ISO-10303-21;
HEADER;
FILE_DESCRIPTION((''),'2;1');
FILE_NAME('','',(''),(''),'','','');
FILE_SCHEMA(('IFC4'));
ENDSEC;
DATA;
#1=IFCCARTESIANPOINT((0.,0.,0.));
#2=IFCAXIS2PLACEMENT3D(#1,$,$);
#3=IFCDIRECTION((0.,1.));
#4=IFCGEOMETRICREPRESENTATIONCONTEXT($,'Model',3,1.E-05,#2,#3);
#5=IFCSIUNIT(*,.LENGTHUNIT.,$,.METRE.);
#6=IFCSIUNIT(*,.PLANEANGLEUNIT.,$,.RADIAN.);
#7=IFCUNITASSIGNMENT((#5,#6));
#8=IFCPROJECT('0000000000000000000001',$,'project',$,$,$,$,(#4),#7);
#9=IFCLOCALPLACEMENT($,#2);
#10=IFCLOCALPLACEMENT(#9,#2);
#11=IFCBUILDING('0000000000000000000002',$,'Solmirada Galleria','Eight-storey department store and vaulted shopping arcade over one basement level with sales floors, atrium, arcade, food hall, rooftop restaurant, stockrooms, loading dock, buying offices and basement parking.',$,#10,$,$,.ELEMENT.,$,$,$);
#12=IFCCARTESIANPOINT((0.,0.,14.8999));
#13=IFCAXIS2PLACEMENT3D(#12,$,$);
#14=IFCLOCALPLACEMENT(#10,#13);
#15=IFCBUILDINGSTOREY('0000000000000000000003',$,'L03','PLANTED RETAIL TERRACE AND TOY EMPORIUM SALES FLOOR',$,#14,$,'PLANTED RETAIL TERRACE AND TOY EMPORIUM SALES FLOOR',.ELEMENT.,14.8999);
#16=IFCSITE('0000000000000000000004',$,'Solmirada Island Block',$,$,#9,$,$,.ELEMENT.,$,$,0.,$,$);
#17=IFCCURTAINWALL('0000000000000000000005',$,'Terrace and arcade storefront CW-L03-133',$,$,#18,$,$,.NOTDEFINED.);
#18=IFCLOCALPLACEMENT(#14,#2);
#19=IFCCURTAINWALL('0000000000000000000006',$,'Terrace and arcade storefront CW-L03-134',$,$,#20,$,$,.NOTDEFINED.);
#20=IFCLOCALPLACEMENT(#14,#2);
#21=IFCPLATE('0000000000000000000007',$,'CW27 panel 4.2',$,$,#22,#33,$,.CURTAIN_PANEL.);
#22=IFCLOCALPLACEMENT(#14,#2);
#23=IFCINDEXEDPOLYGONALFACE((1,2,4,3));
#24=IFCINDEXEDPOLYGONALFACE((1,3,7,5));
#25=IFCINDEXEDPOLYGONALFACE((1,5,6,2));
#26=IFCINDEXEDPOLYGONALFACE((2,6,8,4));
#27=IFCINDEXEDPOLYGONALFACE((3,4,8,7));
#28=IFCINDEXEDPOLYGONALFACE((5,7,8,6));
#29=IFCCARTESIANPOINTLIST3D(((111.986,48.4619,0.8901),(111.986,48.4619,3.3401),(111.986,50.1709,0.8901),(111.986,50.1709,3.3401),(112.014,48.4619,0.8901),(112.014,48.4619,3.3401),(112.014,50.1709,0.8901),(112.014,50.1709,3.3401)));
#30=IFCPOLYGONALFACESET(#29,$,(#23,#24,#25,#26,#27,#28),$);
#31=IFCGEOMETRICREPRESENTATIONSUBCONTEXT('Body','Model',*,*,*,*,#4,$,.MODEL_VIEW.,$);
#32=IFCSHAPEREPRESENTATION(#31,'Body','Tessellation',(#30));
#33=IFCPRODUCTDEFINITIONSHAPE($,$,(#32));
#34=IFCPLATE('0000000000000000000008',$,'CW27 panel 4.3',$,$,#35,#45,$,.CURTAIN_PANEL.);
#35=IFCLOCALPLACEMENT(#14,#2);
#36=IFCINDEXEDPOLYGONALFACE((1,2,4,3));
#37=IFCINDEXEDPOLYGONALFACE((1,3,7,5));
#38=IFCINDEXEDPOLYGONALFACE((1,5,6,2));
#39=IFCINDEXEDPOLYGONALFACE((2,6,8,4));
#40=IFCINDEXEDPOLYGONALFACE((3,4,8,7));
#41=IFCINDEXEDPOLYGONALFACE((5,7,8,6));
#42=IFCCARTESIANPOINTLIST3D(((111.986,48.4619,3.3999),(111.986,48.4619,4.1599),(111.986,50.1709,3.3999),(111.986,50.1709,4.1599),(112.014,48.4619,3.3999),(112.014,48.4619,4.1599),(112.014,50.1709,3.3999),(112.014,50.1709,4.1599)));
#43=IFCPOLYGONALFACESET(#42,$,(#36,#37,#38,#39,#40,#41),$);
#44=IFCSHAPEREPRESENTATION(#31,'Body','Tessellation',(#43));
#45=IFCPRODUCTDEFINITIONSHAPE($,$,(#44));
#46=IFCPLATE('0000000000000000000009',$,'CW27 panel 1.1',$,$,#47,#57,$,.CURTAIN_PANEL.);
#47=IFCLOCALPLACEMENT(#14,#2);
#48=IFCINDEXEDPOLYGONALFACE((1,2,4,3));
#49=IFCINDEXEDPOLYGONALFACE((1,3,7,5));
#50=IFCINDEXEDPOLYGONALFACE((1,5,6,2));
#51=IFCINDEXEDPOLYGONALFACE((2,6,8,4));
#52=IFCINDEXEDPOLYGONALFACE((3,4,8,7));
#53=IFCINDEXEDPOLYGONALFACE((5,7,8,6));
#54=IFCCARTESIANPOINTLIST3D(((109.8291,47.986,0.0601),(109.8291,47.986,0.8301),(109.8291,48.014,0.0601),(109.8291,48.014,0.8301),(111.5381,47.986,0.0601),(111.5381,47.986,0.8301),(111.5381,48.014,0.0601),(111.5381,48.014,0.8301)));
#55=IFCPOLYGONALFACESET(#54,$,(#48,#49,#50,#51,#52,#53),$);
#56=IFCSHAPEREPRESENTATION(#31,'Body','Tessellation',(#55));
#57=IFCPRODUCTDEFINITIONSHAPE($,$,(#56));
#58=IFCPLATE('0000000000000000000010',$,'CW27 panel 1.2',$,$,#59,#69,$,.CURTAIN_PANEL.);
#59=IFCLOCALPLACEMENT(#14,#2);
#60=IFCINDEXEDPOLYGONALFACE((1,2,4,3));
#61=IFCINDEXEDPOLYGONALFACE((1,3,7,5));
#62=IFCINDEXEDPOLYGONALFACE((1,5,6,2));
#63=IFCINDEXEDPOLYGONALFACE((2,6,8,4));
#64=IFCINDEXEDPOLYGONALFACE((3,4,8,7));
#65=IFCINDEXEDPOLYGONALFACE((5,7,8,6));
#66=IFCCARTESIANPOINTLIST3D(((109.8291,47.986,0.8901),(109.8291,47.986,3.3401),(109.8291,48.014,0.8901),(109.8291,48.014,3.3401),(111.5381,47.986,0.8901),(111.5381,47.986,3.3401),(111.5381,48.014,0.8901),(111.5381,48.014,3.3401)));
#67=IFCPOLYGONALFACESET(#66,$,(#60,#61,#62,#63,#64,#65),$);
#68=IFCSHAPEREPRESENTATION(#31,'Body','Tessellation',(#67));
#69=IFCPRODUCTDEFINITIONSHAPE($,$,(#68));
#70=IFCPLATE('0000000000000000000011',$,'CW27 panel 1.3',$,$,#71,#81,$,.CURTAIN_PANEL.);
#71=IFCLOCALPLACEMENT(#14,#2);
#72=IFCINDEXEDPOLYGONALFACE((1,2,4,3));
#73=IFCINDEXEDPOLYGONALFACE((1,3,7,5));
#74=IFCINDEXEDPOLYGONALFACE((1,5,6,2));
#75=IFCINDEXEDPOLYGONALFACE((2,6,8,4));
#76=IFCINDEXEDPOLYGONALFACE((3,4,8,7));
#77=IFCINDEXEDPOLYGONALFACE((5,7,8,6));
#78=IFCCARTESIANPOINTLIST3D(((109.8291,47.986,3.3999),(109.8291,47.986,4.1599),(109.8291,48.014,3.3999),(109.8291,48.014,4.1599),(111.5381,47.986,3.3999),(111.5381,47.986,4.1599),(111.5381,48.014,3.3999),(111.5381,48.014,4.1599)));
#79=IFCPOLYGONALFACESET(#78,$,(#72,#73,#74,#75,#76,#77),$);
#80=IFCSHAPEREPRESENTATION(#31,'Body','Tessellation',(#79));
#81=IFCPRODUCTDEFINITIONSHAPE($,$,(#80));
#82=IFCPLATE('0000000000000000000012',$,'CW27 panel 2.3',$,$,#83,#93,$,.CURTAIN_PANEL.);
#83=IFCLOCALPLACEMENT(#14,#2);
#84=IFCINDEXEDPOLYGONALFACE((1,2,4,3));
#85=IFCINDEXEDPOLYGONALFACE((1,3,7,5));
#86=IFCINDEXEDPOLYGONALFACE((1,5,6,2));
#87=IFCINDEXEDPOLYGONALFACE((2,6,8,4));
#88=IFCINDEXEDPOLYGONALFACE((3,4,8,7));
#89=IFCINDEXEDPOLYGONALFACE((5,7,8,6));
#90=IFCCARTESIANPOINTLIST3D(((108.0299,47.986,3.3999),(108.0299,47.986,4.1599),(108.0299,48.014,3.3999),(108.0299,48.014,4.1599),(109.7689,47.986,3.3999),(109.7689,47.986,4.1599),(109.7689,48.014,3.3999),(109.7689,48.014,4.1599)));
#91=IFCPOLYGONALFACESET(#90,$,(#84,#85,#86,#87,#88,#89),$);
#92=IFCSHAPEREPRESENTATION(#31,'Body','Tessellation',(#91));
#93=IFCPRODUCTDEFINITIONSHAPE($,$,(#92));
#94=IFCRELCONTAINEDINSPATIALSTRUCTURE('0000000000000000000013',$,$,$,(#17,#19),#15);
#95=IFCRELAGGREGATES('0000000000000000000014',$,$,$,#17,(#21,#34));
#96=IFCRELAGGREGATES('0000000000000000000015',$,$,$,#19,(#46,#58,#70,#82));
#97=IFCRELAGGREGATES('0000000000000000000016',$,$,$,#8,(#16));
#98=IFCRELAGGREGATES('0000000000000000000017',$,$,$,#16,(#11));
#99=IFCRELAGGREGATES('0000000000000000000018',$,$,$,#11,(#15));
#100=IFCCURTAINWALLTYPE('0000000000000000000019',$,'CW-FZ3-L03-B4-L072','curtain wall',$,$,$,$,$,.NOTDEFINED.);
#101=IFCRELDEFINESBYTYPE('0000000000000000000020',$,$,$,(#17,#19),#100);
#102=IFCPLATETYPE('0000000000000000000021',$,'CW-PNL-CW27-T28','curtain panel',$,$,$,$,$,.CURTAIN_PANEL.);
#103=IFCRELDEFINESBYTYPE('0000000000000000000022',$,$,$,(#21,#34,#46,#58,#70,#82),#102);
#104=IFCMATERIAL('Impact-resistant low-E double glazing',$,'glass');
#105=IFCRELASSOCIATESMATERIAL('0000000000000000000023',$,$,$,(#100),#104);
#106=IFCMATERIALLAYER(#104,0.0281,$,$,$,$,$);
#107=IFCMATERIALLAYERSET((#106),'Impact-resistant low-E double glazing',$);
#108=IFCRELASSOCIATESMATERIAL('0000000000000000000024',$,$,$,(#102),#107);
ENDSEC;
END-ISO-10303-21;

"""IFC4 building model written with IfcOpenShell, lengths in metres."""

from ifc_helpers import new_model, si_unit, direction, frame, origin, origin_2d, place, context, subcontext, project, spatial, rectangle, extrude, material, layer, layer_set, type_object, element, aggregate, save


model = new_model("IFC4")

# Units and contexts
model_context = context("Model", 3, precision=1e-05, world=origin(), true_north=direction((0.0, 1.0)))
body_context = subcontext(model_context, "Body", "Model", "MODEL_VIEW")
ifc_project = project(units=[si_unit("LENGTHUNIT", "METRE"), si_unit("PLANEANGLEUNIT", "RADIAN")], contexts=[model_context])

# Site, building, storey
site_placement = place(None, origin())
site = spatial("IfcSite", under=ifc_project, at=site_placement, Name="Solmirada Island Block", CompositionType="ELEMENT", RefElevation=0.0)
building_placement = place(site_placement, origin())
building = spatial("IfcBuilding", under=site, at=building_placement, Name="Solmirada Galleria", Description="Eight-storey department store and vaulted shopping arcade over one basement level with sales floors, atrium, arcade, food hall, rooftop restaurant, stockrooms, loading dock, buying offices and basement parking.", CompositionType="ELEMENT")
storey_placement = place(building_placement, frame((0.0, 0.0, 14.8999)))
storey = spatial("IfcBuildingStorey", under=building, at=storey_placement, Name="L03", Description="PLANTED RETAIL TERRACE AND TOY EMPORIUM SALES FLOOR", LongName="PLANTED RETAIL TERRACE AND TOY EMPORIUM SALES FLOOR", CompositionType="ELEMENT", Elevation=14.8999)

# Curtain walls
ifc_material_1 = material(Name="Impact-resistant low-E double glazing", Category="glass")
curtain_wall_type = type_object("IfcCurtainWallType", Name="CW-FZ3-L03-B4-L072", Description="curtain wall", PredefinedType="NOTDEFINED", material=ifc_material_1)
curtain_wall_1_placement = place(storey_placement, origin())
curtain_wall_1 = element("IfcCurtainWall", 1, at=curtain_wall_1_placement, inside=storey, type_object=curtain_wall_type, Name="Terrace and arcade storefront CW-L03-133", PredefinedType="NOTDEFINED")
curtain_wall_2_placement = place(storey_placement, origin())
curtain_wall_2 = element("IfcCurtainWall", 2, at=curtain_wall_2_placement, inside=storey, type_object=curtain_wall_type, Name="Terrace and arcade storefront CW-L03-134", PredefinedType="NOTDEFINED")

# Plates
ifc_layer = layer(ifc_material_1, 0.0281)
ifc_layer_set = layer_set([ifc_layer], Name="Impact-resistant low-E double glazing")
plate_type = type_object("IfcPlateType", Name="CW-PNL-CW27-T28", Description="curtain panel", PredefinedType="CURTAIN_PANEL", material=ifc_layer_set)
plate_1_placement = place(storey_placement, frame((112.0, 49.3164, 0.8901), z_axis=(0.0, 0.0, 1.0), x_axis=(0.0, -1.0, 0.0)))
plate_1 = element("IfcPlate", 3, at=plate_1_placement, type_object=plate_type, Name="CW27 panel 4.2", PredefinedType="CURTAIN_PANEL", context=body_context, shape_type="SweptSolid", body=[
    extrude(rectangle(XDim=1.709, YDim=0.0281, at=origin_2d()), origin(), (0.0, 0.0, 1.0), 2.45),
])
plate_2_placement = place(storey_placement, frame((112.0, 49.3164, 3.3999), z_axis=(0.0, 0.0, 1.0), x_axis=(0.0, -1.0, 0.0)))
plate_2 = element("IfcPlate", 4, at=plate_2_placement, type_object=plate_type, Name="CW27 panel 4.3", PredefinedType="CURTAIN_PANEL", context=body_context, shape_type="SweptSolid", body=[
    extrude(rectangle(XDim=1.709, YDim=0.0281, at=origin_2d()), origin(), (0.0, 0.0, 1.0), 0.76),
])
aggregate(curtain_wall_1, [plate_1, plate_2])
plate_3_placement = place(storey_placement, frame((110.6836, 48.0, 0.0601), z_axis=(0.0, 0.0, 1.0), x_axis=(-1.0, 0.0, 0.0)))
plate_3 = element("IfcPlate", 5, at=plate_3_placement, type_object=plate_type, Name="CW27 panel 1.1", PredefinedType="CURTAIN_PANEL", context=body_context, shape_type="SweptSolid", body=[
    extrude(rectangle(XDim=1.709, YDim=0.0281, at=origin_2d()), origin(), (0.0, 0.0, 1.0), 0.77),
])
plate_4_placement = place(storey_placement, frame((110.6836, 48.0, 0.8901), z_axis=(0.0, 0.0, 1.0), x_axis=(-1.0, 0.0, 0.0)))
plate_4 = element("IfcPlate", 6, at=plate_4_placement, type_object=plate_type, Name="CW27 panel 1.2", PredefinedType="CURTAIN_PANEL", context=body_context, shape_type="SweptSolid", body=[
    extrude(rectangle(XDim=1.709, YDim=0.0281, at=origin_2d()), origin(), (0.0, 0.0, 1.0), 2.45),
])
plate_5_placement = place(storey_placement, frame((110.6836, 48.0, 3.3999), z_axis=(0.0, 0.0, 1.0), x_axis=(-1.0, 0.0, 0.0)))
plate_5 = element("IfcPlate", 7, at=plate_5_placement, type_object=plate_type, Name="CW27 panel 1.3", PredefinedType="CURTAIN_PANEL", context=body_context, shape_type="SweptSolid", body=[
    extrude(rectangle(XDim=1.709, YDim=0.0281, at=origin_2d()), origin(), (0.0, 0.0, 1.0), 0.76),
])
plate_6_placement = place(storey_placement, frame((108.8994, 48.0, 3.3999), z_axis=(0.0, 0.0, 1.0), x_axis=(-1.0, 0.0, 0.0)))
plate_6 = element("IfcPlate", 8, at=plate_6_placement, type_object=plate_type, Name="CW27 panel 2.3", PredefinedType="CURTAIN_PANEL", context=body_context, shape_type="SweptSolid", body=[
    extrude(rectangle(XDim=1.739, YDim=0.0281, at=origin_2d()), origin(), (0.0, 0.0, 1.0), 0.76),
])
aggregate(curtain_wall_2, [plate_3, plate_4, plate_5, plate_6])

save(model, "model.ifc")
